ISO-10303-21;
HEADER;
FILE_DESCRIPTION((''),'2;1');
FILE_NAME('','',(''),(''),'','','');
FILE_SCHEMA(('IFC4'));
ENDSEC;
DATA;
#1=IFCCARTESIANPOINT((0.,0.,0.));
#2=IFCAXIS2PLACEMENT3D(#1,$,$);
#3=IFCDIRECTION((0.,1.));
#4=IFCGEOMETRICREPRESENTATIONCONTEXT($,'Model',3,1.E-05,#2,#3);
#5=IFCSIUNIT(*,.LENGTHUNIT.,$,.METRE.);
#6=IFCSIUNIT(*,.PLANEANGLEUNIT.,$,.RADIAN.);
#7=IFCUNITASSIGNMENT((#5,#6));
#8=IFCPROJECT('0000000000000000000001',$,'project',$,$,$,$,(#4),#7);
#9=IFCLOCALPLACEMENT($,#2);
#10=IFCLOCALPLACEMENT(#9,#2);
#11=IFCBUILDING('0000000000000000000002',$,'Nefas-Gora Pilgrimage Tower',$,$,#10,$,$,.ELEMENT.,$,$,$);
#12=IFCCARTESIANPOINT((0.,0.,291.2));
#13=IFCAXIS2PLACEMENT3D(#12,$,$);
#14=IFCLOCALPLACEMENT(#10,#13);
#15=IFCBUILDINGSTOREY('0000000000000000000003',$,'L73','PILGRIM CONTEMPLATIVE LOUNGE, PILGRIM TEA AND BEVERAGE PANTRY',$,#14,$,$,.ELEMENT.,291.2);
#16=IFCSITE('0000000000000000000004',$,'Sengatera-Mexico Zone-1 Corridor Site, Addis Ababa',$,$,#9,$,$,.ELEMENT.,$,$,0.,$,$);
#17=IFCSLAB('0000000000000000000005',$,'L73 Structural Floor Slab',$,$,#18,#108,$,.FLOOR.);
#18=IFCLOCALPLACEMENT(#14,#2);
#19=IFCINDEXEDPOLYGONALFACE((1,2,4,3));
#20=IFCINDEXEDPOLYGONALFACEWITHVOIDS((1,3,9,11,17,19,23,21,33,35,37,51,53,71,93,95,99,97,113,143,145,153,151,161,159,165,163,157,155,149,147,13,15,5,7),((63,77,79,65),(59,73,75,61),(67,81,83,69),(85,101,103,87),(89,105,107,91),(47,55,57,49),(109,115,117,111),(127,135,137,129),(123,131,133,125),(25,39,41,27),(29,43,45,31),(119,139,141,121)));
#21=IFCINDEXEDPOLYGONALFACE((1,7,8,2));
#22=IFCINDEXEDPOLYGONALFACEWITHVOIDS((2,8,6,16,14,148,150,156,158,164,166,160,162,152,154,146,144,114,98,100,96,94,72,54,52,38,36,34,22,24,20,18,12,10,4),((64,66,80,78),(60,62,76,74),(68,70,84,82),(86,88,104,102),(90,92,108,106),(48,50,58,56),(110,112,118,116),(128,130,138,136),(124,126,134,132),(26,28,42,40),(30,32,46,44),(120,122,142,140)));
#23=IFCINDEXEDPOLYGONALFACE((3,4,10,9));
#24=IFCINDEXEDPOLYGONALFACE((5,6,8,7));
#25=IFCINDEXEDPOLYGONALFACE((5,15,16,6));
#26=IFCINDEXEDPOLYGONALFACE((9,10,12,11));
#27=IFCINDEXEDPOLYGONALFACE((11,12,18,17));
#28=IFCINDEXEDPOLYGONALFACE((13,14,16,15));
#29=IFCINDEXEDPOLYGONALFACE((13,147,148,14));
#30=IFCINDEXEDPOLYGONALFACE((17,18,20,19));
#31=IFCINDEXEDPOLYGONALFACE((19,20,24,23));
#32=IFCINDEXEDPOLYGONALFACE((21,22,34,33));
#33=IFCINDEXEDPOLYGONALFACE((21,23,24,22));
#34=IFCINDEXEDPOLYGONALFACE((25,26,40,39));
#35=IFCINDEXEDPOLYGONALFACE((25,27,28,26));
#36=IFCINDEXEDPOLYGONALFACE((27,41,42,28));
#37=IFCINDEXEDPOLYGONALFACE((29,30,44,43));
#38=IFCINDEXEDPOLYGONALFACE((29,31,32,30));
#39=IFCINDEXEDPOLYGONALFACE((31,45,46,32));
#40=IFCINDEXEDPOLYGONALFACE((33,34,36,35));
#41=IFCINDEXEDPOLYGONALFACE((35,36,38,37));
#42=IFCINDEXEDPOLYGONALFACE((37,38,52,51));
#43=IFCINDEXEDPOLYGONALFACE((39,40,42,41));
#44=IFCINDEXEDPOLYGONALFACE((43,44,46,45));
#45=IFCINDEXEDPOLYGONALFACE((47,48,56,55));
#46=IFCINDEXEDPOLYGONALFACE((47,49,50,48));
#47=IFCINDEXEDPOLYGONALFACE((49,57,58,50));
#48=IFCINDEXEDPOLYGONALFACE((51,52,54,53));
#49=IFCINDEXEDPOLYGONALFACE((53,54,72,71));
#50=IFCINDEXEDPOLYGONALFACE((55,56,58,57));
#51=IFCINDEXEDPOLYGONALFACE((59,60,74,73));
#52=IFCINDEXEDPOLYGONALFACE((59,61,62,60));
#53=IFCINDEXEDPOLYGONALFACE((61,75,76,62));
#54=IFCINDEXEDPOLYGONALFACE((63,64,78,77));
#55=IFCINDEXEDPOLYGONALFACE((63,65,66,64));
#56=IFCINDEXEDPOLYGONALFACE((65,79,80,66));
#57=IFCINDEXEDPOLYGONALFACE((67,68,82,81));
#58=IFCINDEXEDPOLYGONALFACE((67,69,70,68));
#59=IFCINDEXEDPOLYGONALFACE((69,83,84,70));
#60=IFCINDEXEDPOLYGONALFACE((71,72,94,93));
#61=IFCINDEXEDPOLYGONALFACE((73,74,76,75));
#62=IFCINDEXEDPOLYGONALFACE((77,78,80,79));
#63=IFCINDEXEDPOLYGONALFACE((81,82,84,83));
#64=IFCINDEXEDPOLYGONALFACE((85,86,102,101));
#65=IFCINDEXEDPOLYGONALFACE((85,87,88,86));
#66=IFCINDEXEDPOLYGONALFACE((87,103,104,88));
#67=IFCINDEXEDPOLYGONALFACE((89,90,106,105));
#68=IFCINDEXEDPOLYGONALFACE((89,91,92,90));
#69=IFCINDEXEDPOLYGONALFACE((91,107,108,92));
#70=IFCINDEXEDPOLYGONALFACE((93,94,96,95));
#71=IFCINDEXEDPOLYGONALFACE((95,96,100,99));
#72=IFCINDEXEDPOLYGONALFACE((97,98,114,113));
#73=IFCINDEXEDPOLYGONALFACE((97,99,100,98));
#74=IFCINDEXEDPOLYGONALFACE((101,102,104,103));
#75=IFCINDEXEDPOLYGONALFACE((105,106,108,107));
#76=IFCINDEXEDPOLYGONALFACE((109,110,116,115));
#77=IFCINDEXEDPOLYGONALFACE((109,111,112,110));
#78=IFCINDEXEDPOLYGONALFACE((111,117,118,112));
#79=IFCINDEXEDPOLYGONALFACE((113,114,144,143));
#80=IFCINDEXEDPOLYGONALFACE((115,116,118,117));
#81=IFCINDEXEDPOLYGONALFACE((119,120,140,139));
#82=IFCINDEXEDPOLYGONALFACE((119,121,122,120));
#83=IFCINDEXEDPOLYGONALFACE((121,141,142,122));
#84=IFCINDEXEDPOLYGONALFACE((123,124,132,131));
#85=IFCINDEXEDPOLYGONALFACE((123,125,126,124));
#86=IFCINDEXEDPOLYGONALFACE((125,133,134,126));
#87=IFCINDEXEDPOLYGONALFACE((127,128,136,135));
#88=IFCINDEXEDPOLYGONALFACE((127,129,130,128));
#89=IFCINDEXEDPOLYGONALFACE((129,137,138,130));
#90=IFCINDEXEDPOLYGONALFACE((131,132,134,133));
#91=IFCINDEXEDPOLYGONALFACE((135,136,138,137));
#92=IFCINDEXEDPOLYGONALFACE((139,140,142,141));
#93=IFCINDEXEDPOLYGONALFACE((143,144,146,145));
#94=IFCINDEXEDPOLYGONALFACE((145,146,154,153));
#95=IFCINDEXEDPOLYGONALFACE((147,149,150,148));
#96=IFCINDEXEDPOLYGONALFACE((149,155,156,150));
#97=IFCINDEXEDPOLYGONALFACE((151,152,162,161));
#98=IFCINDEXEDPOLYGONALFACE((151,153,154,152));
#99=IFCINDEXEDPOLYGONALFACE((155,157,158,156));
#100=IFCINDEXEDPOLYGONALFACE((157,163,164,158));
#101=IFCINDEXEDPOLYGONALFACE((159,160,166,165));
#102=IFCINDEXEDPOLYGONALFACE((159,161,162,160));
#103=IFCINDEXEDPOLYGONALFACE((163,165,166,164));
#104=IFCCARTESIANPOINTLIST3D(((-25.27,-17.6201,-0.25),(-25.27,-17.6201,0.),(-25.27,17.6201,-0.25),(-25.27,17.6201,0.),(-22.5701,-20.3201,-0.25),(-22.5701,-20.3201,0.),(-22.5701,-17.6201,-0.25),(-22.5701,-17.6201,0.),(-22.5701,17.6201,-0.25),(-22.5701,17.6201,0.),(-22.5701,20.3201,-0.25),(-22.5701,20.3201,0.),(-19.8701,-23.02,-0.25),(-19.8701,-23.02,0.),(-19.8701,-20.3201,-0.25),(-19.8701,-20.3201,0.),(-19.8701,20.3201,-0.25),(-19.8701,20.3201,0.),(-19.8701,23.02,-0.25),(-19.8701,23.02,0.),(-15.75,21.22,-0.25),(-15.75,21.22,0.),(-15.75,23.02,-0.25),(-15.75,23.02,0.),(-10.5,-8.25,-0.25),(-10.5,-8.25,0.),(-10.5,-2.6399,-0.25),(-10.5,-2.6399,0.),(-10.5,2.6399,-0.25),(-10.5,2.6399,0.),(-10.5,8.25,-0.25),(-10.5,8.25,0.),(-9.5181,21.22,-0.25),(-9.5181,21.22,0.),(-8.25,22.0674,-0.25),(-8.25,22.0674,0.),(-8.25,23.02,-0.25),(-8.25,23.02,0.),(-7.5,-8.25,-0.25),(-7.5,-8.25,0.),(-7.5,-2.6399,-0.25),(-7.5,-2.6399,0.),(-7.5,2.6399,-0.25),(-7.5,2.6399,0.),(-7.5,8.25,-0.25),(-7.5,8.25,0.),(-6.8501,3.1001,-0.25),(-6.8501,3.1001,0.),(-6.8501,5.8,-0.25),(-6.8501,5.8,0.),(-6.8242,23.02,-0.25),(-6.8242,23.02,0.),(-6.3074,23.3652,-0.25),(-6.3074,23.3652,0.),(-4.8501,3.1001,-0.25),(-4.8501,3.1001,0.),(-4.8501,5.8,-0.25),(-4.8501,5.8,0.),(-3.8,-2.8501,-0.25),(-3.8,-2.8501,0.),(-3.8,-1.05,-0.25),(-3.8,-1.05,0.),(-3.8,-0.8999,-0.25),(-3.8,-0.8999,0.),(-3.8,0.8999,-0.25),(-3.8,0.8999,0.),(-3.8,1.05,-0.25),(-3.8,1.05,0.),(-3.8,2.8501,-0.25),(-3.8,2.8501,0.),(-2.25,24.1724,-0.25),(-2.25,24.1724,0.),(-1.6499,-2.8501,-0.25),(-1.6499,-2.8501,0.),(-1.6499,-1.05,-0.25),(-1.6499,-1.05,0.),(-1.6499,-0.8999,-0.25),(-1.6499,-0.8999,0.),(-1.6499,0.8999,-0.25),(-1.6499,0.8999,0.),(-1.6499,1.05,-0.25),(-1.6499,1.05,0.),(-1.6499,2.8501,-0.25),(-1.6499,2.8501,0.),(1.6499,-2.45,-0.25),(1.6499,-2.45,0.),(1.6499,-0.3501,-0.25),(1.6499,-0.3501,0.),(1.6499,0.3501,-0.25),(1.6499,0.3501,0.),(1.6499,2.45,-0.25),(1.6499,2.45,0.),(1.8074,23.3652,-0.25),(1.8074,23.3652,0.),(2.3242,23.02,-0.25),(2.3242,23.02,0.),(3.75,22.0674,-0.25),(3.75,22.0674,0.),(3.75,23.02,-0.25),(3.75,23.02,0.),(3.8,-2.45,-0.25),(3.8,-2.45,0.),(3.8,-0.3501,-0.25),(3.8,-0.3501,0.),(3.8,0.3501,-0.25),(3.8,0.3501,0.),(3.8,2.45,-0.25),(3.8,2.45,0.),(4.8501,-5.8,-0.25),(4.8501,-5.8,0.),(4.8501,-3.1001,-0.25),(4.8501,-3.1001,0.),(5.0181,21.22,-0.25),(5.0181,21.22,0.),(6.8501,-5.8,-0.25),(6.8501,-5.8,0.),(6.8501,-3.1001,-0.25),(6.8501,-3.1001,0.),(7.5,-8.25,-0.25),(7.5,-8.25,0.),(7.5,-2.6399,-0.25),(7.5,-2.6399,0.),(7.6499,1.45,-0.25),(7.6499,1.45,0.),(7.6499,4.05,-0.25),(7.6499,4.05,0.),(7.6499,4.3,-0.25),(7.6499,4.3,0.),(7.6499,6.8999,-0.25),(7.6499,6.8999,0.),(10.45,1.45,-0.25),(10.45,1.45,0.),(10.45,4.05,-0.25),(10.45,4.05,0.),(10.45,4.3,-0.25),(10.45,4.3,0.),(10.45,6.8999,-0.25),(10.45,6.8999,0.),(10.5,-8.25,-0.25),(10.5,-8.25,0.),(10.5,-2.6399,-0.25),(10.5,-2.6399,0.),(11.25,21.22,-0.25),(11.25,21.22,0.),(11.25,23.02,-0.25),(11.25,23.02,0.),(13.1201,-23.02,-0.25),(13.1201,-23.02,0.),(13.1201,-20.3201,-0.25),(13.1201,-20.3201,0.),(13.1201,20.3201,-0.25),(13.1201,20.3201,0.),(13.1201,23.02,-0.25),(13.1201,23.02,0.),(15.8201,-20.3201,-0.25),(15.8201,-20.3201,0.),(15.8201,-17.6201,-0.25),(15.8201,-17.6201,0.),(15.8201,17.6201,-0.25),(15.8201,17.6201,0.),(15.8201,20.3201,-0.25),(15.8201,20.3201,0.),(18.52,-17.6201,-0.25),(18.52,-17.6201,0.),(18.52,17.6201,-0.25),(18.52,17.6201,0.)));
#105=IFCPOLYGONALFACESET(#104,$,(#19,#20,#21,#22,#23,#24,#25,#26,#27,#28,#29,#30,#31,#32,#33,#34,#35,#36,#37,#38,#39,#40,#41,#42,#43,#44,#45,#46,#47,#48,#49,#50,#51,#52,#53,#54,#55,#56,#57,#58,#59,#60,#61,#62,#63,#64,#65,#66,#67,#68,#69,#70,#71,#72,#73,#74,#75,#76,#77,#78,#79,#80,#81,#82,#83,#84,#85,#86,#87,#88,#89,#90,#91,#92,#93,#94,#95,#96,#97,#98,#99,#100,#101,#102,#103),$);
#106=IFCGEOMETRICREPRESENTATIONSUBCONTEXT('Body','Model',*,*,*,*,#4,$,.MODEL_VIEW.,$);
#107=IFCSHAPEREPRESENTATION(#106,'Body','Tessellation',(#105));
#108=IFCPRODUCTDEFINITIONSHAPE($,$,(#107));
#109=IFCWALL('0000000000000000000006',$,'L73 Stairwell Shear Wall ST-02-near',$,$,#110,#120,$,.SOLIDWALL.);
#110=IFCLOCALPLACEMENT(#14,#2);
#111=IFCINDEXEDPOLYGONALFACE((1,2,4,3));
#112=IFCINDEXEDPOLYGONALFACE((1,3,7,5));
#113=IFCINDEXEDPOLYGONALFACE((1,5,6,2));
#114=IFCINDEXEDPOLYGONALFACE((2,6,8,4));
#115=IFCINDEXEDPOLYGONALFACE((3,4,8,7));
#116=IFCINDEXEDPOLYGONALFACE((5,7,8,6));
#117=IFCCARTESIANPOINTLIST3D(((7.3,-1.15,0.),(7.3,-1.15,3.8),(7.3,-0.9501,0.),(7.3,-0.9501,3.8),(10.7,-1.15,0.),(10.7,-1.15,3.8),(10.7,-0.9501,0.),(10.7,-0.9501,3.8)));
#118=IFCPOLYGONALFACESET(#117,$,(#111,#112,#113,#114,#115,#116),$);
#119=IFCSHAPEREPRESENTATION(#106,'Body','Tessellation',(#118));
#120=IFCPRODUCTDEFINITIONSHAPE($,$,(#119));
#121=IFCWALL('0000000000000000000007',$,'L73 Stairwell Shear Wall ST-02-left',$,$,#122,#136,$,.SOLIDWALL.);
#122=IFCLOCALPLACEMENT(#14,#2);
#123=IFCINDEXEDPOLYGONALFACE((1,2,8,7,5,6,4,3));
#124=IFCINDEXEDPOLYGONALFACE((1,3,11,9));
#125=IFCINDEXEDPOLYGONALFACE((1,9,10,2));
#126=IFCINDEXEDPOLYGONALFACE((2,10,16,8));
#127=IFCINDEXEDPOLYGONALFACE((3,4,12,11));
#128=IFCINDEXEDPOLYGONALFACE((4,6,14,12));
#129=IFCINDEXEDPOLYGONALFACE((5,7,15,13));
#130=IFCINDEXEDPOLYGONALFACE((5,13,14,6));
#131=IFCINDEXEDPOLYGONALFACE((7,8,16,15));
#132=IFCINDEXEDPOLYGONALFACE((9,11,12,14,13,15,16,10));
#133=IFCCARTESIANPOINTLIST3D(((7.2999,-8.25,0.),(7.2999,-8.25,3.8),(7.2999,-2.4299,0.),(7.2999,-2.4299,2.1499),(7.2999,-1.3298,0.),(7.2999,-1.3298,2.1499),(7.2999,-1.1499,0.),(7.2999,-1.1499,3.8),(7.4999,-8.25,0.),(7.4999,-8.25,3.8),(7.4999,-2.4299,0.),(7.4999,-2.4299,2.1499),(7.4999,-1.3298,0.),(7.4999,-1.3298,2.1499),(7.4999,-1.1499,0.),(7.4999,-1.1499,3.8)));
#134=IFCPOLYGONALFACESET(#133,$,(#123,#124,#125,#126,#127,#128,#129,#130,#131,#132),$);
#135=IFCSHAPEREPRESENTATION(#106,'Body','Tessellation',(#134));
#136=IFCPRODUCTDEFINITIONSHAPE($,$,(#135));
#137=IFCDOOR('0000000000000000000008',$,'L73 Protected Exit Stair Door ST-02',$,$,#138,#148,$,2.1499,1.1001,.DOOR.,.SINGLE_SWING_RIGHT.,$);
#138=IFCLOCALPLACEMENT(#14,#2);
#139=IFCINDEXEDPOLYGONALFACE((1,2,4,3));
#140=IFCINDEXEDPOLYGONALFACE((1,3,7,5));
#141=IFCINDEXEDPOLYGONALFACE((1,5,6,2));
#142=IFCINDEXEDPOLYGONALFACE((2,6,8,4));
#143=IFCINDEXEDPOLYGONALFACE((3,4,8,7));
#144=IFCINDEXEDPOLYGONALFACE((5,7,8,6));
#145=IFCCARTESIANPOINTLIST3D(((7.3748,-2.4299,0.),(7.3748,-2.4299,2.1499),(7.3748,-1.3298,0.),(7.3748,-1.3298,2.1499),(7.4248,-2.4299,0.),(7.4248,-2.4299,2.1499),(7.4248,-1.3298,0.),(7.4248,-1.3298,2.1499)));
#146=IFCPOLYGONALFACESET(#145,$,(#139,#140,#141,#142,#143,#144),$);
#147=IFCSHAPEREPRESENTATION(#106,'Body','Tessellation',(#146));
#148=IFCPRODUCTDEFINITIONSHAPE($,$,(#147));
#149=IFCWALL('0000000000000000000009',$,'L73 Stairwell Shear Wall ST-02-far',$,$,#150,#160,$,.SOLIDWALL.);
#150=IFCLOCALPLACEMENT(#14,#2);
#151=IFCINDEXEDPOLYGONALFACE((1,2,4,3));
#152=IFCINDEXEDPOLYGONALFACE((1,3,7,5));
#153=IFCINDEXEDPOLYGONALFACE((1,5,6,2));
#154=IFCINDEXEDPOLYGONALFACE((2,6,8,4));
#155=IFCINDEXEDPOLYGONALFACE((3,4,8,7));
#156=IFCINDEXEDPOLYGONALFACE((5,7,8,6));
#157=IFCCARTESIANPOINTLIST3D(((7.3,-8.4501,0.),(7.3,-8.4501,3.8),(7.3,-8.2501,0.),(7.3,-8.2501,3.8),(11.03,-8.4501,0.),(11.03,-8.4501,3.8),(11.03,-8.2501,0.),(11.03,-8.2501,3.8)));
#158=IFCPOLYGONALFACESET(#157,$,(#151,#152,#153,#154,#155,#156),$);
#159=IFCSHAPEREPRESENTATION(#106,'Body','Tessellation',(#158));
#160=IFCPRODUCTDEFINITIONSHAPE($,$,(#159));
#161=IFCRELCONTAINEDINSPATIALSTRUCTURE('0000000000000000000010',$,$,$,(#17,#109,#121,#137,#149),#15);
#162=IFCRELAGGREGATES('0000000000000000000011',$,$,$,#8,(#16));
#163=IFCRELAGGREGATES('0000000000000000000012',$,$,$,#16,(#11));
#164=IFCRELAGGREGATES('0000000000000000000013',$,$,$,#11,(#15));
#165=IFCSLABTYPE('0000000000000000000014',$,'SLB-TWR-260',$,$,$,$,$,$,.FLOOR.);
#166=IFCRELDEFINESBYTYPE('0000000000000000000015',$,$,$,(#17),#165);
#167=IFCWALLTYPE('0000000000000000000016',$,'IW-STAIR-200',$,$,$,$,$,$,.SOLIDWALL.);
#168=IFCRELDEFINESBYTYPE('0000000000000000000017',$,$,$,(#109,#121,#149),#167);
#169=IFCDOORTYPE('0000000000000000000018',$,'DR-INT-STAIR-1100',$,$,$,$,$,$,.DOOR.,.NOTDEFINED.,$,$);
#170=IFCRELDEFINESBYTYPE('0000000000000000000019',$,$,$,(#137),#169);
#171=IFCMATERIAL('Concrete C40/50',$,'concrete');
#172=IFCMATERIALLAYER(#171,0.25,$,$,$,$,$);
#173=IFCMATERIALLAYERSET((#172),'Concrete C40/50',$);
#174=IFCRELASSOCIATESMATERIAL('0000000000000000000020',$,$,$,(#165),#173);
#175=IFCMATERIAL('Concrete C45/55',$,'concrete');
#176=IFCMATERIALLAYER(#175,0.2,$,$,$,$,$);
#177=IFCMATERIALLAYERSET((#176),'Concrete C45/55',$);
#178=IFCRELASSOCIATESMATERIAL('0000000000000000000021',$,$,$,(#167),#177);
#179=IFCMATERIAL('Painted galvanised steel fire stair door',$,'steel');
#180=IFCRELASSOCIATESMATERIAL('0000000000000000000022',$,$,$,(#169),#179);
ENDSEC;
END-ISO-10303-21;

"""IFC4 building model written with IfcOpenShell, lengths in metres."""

from ifc_helpers import new_model, si_unit, direction, frame, frame_2d, origin, place, context, subcontext, project, spatial, polyline, rectangle, outline, extrude, source, transform, mapped, material, layer, layer_set, type_object, element, fill, save


model = new_model("IFC4")

# Units and contexts
model_context = context("Model", 3, precision=1e-05, world=origin(), true_north=direction((0.0, 1.0)))
body_context = subcontext(model_context, "Body", "Model", "MODEL_VIEW")
ifc_project = project(units=[si_unit("LENGTHUNIT", "METRE"), si_unit("PLANEANGLEUNIT", "RADIAN")], contexts=[model_context])

# Site, building, storey
site_placement = place(None, origin())
site = spatial("IfcSite", under=ifc_project, at=site_placement, Name="Sengatera-Mexico Zone-1 Corridor Site, Addis Ababa", CompositionType="ELEMENT", RefElevation=0.0)
building_placement = place(site_placement, origin())
building = spatial("IfcBuilding", under=site, at=building_placement, Name="Nefas-Gora Pilgrimage Tower", CompositionType="ELEMENT")
storey_placement = place(building_placement, frame((0.0, 0.0, 291.2)))
storey = spatial("IfcBuildingStorey", under=building, at=storey_placement, Name="L73", Description="PILGRIM CONTEMPLATIVE LOUNGE, PILGRIM TEA AND BEVERAGE PANTRY", CompositionType="ELEMENT", Elevation=291.2)

# Slab
ifc_material_1 = material(Name="Concrete C40/50", Category="concrete")
ifc_layer_1 = layer(ifc_material_1, 0.25)
ifc_layer_set_1 = layer_set([ifc_layer_1], Name="Concrete C40/50")
slab_type_1 = type_object("IfcSlabType", Name="SLB-TWR-260", PredefinedType="FLOOR", material=ifc_layer_set_1)
slab_1_placement = place(storey_placement, frame((0.0, 0.0, -0.25)))
element("IfcSlab", 1, at=slab_1_placement, inside=storey, type_object=slab_type_1, Name="L73 Structural Floor Slab", PredefinedType="FLOOR", context=body_context, shape_type="SweptSolid", body=[
    extrude(outline(polyline([(15.8201, -17.6201), (18.52, -17.6201), (18.52, 17.6201), (15.8201, 17.6201), (15.8201, 20.3201), (13.1201, 20.3201), (13.1201, 23.02), (11.25, 23.02), (11.25, 21.22), (5.0181, 21.22), (3.75, 22.0674), (3.75, 23.02), (2.3242, 23.02), (1.8074, 23.3652), (-2.25, 24.1724), (-6.3074, 23.3652), (-6.8242, 23.02), (-8.25, 23.02), (-8.25, 22.0674), (-9.5181, 21.22), (-15.75, 21.22), (-15.75, 23.02), (-19.8701, 23.02), (-19.8701, 20.3201), (-22.5701, 20.3201), (-22.5701, 17.6201), (-25.27, 17.6201), (-25.27, -17.6201), (-22.5701, -17.6201), (-22.5701, -20.3201), (-19.8701, -20.3201), (-19.8701, -23.02), (13.1201, -23.02), (13.1201, -20.3201), (15.8201, -20.3201), (15.8201, -17.6201)]), holes=[polyline([(-10.5, 2.6399), (-10.5, 8.25), (-7.5, 8.25), (-7.5, 2.6399), (-10.5, 2.6399)]), polyline([(10.5, -2.6399), (10.5, -8.25), (7.5, -8.25), (7.5, -2.6399), (10.5, -2.6399)]), polyline([(-7.5, -2.6399), (-7.5, -8.25), (-10.5, -8.25), (-10.5, -2.6399), (-7.5, -2.6399)]), polyline([(-6.8501, 5.8), (-4.8501, 5.8), (-4.8501, 3.1001), (-6.8501, 3.1001), (-6.8501, 5.8)]), polyline([(4.8501, -3.1001), (6.8501, -3.1001), (6.8501, -5.8), (4.8501, -5.8), (4.8501, -3.1001)]), polyline([(7.6499, 4.05), (10.45, 4.05), (10.45, 1.45), (7.6499, 1.45), (7.6499, 4.05)]), polyline([(7.6499, 6.8999), (10.45, 6.8999), (10.45, 4.3), (7.6499, 4.3), (7.6499, 6.8999)]), polyline([(-3.8, -1.05), (-1.6499, -1.05), (-1.6499, -2.8501), (-3.8, -2.8501), (-3.8, -1.05)]), polyline([(-3.8, 0.8999), (-1.6499, 0.8999), (-1.6499, -0.8999), (-3.8, -0.8999), (-3.8, 0.8999)]), polyline([(-3.8, 2.8501), (-1.6499, 2.8501), (-1.6499, 1.05), (-3.8, 1.05), (-3.8, 2.8501)]), polyline([(1.6499, -0.3501), (3.8, -0.3501), (3.8, -2.45), (1.6499, -2.45), (1.6499, -0.3501)]), polyline([(1.6499, 2.45), (3.8, 2.45), (3.8, 0.3501), (1.6499, 0.3501), (1.6499, 2.45)])]), origin(), (0.0, 0.0, 1.0), 0.25),
])

# Wall
ifc_material_2 = material(Name="Concrete C45/55", Category="concrete")
ifc_layer_2 = layer(ifc_material_2, 0.2)
ifc_layer_set_2 = layer_set([ifc_layer_2], Name="Concrete C45/55")
wall_type_1 = type_object("IfcWallType", Name="IW-STAIR-200", PredefinedType="SOLIDWALL", material=ifc_layer_set_2)
shared_shape_1 = source(origin(), body_context, "Body", "SweptSolid", [
    extrude(rectangle(XDim=3.3999, YDim=0.2, at=frame_2d((1.7, 0.0))), origin(), (0.0, 0.0, 1.0), 3.8),
])
wall_1_placement = place(storey_placement, frame((7.3, -1.05, 0.0), z_axis=(0.0, 0.0, 1.0), x_axis=(1.0, 0.0, 0.0)))
element("IfcWall", 2, at=wall_1_placement, inside=storey, type_object=wall_type_1, Name="L73 Stairwell Shear Wall ST-02-near", PredefinedType="SOLIDWALL", context=body_context, shape_type="MappedRepresentation", body=[
    mapped(shared_shape_1, transform((0.0, 0.0, 0.0), x_axis=(1.0, 0.0, 0.0), y_axis=(0.0, 1.0, 0.0), z_axis=(0.0, 0.0, 1.0), scale=1.0)),
])

# Wall, opening, door
shared_shape_2 = source(origin(), body_context, "Body", "SweptSolid", [
    extrude(rectangle(XDim=7.1001, YDim=0.2, at=frame_2d((3.55, 0.0))), origin(), (0.0, 0.0, 1.0), 3.8),
])
wall_2_placement = place(storey_placement, frame((7.3999, -1.1499, 0.0), z_axis=(0.0, 0.0, 1.0), x_axis=(0.0, -1.0, 0.0)))
wall_2 = element("IfcWall", 3, at=wall_2_placement, inside=storey, type_object=wall_type_1, Name="L73 Stairwell Shear Wall ST-02-left", PredefinedType="SOLIDWALL", context=body_context, shape_type="MappedRepresentation", body=[
    mapped(shared_shape_2, transform((0.0, 0.0, 0.0), x_axis=(1.0, 0.0, 0.0), y_axis=(0.0, 1.0, 0.0), z_axis=(0.0, 0.0, 1.0), scale=1.0)),
])
opening_1_placement = place(wall_2_placement, frame((0.1799, 0.0, 0.0)))
opening_1 = element("IfcOpeningElement", 4, at=opening_1_placement, cuts=wall_2, PredefinedType="OPENING", context=body_context, shape_type="SweptSolid", body=[
    extrude(rectangle(XDim=1.1001, YDim=2.1499, at=frame_2d((0.55, 1.075))), frame((0.0, 0.1099, 0.0), z_axis=(0.0, -1.0, 0.0), x_axis=(1.0, 0.0, 0.0)), (0.0, 0.0, 1.0), 0.22),
])
ifc_material_3 = material(Name="Painted galvanised steel fire stair door", Category="steel")
door_type_1 = type_object("IfcDoorType", Name="DR-INT-STAIR-1100", OperationType="NOTDEFINED", PredefinedType="DOOR", material=ifc_material_3)
shared_shape_3 = source(origin(), body_context, "Body", "SweptSolid", [
    extrude(rectangle(XDim=1.1001, YDim=2.1499, at=frame_2d((0.55, 1.075))), frame((0.0, 0.0249, 0.0), z_axis=(0.0, -1.0, 0.0), x_axis=(1.0, 0.0, 0.0)), (0.0, 0.0, 1.0), 0.05),
])
door_1_placement = place(opening_1_placement, origin())
door_1 = element("IfcDoor", 5, at=door_1_placement, inside=storey, type_object=door_type_1, Name="L73 Protected Exit Stair Door ST-02", OperationType="SINGLE_SWING_RIGHT", OverallHeight=2.1499, OverallWidth=1.1001, PredefinedType="DOOR", context=body_context, shape_type="MappedRepresentation", body=[
    mapped(shared_shape_3, transform((0.0, 0.0, 0.0), x_axis=(1.0, 0.0, 0.0), y_axis=(0.0, 1.0, 0.0), z_axis=(0.0, 0.0, 1.0), scale=1.0)),
])
fill(opening_1, door_1)

# Wall
shared_shape_4 = source(origin(), body_context, "Body", "SweptSolid", [
    extrude(rectangle(XDim=3.73, YDim=0.2, at=frame_2d((1.865, 0.0))), origin(), (0.0, 0.0, 1.0), 3.8),
])
wall_3_placement = place(storey_placement, frame((7.3, -8.3501, 0.0), z_axis=(0.0, 0.0, 1.0), x_axis=(1.0, 0.0, 0.0)))
element("IfcWall", 6, at=wall_3_placement, inside=storey, type_object=wall_type_1, Name="L73 Stairwell Shear Wall ST-02-far", PredefinedType="SOLIDWALL", context=body_context, shape_type="MappedRepresentation", body=[
    mapped(shared_shape_4, transform((0.0, 0.0, 0.0), x_axis=(1.0, 0.0, 0.0), y_axis=(0.0, 1.0, 0.0), z_axis=(0.0, 0.0, 1.0), scale=1.0)),
])

save(model, "model.ifc")
